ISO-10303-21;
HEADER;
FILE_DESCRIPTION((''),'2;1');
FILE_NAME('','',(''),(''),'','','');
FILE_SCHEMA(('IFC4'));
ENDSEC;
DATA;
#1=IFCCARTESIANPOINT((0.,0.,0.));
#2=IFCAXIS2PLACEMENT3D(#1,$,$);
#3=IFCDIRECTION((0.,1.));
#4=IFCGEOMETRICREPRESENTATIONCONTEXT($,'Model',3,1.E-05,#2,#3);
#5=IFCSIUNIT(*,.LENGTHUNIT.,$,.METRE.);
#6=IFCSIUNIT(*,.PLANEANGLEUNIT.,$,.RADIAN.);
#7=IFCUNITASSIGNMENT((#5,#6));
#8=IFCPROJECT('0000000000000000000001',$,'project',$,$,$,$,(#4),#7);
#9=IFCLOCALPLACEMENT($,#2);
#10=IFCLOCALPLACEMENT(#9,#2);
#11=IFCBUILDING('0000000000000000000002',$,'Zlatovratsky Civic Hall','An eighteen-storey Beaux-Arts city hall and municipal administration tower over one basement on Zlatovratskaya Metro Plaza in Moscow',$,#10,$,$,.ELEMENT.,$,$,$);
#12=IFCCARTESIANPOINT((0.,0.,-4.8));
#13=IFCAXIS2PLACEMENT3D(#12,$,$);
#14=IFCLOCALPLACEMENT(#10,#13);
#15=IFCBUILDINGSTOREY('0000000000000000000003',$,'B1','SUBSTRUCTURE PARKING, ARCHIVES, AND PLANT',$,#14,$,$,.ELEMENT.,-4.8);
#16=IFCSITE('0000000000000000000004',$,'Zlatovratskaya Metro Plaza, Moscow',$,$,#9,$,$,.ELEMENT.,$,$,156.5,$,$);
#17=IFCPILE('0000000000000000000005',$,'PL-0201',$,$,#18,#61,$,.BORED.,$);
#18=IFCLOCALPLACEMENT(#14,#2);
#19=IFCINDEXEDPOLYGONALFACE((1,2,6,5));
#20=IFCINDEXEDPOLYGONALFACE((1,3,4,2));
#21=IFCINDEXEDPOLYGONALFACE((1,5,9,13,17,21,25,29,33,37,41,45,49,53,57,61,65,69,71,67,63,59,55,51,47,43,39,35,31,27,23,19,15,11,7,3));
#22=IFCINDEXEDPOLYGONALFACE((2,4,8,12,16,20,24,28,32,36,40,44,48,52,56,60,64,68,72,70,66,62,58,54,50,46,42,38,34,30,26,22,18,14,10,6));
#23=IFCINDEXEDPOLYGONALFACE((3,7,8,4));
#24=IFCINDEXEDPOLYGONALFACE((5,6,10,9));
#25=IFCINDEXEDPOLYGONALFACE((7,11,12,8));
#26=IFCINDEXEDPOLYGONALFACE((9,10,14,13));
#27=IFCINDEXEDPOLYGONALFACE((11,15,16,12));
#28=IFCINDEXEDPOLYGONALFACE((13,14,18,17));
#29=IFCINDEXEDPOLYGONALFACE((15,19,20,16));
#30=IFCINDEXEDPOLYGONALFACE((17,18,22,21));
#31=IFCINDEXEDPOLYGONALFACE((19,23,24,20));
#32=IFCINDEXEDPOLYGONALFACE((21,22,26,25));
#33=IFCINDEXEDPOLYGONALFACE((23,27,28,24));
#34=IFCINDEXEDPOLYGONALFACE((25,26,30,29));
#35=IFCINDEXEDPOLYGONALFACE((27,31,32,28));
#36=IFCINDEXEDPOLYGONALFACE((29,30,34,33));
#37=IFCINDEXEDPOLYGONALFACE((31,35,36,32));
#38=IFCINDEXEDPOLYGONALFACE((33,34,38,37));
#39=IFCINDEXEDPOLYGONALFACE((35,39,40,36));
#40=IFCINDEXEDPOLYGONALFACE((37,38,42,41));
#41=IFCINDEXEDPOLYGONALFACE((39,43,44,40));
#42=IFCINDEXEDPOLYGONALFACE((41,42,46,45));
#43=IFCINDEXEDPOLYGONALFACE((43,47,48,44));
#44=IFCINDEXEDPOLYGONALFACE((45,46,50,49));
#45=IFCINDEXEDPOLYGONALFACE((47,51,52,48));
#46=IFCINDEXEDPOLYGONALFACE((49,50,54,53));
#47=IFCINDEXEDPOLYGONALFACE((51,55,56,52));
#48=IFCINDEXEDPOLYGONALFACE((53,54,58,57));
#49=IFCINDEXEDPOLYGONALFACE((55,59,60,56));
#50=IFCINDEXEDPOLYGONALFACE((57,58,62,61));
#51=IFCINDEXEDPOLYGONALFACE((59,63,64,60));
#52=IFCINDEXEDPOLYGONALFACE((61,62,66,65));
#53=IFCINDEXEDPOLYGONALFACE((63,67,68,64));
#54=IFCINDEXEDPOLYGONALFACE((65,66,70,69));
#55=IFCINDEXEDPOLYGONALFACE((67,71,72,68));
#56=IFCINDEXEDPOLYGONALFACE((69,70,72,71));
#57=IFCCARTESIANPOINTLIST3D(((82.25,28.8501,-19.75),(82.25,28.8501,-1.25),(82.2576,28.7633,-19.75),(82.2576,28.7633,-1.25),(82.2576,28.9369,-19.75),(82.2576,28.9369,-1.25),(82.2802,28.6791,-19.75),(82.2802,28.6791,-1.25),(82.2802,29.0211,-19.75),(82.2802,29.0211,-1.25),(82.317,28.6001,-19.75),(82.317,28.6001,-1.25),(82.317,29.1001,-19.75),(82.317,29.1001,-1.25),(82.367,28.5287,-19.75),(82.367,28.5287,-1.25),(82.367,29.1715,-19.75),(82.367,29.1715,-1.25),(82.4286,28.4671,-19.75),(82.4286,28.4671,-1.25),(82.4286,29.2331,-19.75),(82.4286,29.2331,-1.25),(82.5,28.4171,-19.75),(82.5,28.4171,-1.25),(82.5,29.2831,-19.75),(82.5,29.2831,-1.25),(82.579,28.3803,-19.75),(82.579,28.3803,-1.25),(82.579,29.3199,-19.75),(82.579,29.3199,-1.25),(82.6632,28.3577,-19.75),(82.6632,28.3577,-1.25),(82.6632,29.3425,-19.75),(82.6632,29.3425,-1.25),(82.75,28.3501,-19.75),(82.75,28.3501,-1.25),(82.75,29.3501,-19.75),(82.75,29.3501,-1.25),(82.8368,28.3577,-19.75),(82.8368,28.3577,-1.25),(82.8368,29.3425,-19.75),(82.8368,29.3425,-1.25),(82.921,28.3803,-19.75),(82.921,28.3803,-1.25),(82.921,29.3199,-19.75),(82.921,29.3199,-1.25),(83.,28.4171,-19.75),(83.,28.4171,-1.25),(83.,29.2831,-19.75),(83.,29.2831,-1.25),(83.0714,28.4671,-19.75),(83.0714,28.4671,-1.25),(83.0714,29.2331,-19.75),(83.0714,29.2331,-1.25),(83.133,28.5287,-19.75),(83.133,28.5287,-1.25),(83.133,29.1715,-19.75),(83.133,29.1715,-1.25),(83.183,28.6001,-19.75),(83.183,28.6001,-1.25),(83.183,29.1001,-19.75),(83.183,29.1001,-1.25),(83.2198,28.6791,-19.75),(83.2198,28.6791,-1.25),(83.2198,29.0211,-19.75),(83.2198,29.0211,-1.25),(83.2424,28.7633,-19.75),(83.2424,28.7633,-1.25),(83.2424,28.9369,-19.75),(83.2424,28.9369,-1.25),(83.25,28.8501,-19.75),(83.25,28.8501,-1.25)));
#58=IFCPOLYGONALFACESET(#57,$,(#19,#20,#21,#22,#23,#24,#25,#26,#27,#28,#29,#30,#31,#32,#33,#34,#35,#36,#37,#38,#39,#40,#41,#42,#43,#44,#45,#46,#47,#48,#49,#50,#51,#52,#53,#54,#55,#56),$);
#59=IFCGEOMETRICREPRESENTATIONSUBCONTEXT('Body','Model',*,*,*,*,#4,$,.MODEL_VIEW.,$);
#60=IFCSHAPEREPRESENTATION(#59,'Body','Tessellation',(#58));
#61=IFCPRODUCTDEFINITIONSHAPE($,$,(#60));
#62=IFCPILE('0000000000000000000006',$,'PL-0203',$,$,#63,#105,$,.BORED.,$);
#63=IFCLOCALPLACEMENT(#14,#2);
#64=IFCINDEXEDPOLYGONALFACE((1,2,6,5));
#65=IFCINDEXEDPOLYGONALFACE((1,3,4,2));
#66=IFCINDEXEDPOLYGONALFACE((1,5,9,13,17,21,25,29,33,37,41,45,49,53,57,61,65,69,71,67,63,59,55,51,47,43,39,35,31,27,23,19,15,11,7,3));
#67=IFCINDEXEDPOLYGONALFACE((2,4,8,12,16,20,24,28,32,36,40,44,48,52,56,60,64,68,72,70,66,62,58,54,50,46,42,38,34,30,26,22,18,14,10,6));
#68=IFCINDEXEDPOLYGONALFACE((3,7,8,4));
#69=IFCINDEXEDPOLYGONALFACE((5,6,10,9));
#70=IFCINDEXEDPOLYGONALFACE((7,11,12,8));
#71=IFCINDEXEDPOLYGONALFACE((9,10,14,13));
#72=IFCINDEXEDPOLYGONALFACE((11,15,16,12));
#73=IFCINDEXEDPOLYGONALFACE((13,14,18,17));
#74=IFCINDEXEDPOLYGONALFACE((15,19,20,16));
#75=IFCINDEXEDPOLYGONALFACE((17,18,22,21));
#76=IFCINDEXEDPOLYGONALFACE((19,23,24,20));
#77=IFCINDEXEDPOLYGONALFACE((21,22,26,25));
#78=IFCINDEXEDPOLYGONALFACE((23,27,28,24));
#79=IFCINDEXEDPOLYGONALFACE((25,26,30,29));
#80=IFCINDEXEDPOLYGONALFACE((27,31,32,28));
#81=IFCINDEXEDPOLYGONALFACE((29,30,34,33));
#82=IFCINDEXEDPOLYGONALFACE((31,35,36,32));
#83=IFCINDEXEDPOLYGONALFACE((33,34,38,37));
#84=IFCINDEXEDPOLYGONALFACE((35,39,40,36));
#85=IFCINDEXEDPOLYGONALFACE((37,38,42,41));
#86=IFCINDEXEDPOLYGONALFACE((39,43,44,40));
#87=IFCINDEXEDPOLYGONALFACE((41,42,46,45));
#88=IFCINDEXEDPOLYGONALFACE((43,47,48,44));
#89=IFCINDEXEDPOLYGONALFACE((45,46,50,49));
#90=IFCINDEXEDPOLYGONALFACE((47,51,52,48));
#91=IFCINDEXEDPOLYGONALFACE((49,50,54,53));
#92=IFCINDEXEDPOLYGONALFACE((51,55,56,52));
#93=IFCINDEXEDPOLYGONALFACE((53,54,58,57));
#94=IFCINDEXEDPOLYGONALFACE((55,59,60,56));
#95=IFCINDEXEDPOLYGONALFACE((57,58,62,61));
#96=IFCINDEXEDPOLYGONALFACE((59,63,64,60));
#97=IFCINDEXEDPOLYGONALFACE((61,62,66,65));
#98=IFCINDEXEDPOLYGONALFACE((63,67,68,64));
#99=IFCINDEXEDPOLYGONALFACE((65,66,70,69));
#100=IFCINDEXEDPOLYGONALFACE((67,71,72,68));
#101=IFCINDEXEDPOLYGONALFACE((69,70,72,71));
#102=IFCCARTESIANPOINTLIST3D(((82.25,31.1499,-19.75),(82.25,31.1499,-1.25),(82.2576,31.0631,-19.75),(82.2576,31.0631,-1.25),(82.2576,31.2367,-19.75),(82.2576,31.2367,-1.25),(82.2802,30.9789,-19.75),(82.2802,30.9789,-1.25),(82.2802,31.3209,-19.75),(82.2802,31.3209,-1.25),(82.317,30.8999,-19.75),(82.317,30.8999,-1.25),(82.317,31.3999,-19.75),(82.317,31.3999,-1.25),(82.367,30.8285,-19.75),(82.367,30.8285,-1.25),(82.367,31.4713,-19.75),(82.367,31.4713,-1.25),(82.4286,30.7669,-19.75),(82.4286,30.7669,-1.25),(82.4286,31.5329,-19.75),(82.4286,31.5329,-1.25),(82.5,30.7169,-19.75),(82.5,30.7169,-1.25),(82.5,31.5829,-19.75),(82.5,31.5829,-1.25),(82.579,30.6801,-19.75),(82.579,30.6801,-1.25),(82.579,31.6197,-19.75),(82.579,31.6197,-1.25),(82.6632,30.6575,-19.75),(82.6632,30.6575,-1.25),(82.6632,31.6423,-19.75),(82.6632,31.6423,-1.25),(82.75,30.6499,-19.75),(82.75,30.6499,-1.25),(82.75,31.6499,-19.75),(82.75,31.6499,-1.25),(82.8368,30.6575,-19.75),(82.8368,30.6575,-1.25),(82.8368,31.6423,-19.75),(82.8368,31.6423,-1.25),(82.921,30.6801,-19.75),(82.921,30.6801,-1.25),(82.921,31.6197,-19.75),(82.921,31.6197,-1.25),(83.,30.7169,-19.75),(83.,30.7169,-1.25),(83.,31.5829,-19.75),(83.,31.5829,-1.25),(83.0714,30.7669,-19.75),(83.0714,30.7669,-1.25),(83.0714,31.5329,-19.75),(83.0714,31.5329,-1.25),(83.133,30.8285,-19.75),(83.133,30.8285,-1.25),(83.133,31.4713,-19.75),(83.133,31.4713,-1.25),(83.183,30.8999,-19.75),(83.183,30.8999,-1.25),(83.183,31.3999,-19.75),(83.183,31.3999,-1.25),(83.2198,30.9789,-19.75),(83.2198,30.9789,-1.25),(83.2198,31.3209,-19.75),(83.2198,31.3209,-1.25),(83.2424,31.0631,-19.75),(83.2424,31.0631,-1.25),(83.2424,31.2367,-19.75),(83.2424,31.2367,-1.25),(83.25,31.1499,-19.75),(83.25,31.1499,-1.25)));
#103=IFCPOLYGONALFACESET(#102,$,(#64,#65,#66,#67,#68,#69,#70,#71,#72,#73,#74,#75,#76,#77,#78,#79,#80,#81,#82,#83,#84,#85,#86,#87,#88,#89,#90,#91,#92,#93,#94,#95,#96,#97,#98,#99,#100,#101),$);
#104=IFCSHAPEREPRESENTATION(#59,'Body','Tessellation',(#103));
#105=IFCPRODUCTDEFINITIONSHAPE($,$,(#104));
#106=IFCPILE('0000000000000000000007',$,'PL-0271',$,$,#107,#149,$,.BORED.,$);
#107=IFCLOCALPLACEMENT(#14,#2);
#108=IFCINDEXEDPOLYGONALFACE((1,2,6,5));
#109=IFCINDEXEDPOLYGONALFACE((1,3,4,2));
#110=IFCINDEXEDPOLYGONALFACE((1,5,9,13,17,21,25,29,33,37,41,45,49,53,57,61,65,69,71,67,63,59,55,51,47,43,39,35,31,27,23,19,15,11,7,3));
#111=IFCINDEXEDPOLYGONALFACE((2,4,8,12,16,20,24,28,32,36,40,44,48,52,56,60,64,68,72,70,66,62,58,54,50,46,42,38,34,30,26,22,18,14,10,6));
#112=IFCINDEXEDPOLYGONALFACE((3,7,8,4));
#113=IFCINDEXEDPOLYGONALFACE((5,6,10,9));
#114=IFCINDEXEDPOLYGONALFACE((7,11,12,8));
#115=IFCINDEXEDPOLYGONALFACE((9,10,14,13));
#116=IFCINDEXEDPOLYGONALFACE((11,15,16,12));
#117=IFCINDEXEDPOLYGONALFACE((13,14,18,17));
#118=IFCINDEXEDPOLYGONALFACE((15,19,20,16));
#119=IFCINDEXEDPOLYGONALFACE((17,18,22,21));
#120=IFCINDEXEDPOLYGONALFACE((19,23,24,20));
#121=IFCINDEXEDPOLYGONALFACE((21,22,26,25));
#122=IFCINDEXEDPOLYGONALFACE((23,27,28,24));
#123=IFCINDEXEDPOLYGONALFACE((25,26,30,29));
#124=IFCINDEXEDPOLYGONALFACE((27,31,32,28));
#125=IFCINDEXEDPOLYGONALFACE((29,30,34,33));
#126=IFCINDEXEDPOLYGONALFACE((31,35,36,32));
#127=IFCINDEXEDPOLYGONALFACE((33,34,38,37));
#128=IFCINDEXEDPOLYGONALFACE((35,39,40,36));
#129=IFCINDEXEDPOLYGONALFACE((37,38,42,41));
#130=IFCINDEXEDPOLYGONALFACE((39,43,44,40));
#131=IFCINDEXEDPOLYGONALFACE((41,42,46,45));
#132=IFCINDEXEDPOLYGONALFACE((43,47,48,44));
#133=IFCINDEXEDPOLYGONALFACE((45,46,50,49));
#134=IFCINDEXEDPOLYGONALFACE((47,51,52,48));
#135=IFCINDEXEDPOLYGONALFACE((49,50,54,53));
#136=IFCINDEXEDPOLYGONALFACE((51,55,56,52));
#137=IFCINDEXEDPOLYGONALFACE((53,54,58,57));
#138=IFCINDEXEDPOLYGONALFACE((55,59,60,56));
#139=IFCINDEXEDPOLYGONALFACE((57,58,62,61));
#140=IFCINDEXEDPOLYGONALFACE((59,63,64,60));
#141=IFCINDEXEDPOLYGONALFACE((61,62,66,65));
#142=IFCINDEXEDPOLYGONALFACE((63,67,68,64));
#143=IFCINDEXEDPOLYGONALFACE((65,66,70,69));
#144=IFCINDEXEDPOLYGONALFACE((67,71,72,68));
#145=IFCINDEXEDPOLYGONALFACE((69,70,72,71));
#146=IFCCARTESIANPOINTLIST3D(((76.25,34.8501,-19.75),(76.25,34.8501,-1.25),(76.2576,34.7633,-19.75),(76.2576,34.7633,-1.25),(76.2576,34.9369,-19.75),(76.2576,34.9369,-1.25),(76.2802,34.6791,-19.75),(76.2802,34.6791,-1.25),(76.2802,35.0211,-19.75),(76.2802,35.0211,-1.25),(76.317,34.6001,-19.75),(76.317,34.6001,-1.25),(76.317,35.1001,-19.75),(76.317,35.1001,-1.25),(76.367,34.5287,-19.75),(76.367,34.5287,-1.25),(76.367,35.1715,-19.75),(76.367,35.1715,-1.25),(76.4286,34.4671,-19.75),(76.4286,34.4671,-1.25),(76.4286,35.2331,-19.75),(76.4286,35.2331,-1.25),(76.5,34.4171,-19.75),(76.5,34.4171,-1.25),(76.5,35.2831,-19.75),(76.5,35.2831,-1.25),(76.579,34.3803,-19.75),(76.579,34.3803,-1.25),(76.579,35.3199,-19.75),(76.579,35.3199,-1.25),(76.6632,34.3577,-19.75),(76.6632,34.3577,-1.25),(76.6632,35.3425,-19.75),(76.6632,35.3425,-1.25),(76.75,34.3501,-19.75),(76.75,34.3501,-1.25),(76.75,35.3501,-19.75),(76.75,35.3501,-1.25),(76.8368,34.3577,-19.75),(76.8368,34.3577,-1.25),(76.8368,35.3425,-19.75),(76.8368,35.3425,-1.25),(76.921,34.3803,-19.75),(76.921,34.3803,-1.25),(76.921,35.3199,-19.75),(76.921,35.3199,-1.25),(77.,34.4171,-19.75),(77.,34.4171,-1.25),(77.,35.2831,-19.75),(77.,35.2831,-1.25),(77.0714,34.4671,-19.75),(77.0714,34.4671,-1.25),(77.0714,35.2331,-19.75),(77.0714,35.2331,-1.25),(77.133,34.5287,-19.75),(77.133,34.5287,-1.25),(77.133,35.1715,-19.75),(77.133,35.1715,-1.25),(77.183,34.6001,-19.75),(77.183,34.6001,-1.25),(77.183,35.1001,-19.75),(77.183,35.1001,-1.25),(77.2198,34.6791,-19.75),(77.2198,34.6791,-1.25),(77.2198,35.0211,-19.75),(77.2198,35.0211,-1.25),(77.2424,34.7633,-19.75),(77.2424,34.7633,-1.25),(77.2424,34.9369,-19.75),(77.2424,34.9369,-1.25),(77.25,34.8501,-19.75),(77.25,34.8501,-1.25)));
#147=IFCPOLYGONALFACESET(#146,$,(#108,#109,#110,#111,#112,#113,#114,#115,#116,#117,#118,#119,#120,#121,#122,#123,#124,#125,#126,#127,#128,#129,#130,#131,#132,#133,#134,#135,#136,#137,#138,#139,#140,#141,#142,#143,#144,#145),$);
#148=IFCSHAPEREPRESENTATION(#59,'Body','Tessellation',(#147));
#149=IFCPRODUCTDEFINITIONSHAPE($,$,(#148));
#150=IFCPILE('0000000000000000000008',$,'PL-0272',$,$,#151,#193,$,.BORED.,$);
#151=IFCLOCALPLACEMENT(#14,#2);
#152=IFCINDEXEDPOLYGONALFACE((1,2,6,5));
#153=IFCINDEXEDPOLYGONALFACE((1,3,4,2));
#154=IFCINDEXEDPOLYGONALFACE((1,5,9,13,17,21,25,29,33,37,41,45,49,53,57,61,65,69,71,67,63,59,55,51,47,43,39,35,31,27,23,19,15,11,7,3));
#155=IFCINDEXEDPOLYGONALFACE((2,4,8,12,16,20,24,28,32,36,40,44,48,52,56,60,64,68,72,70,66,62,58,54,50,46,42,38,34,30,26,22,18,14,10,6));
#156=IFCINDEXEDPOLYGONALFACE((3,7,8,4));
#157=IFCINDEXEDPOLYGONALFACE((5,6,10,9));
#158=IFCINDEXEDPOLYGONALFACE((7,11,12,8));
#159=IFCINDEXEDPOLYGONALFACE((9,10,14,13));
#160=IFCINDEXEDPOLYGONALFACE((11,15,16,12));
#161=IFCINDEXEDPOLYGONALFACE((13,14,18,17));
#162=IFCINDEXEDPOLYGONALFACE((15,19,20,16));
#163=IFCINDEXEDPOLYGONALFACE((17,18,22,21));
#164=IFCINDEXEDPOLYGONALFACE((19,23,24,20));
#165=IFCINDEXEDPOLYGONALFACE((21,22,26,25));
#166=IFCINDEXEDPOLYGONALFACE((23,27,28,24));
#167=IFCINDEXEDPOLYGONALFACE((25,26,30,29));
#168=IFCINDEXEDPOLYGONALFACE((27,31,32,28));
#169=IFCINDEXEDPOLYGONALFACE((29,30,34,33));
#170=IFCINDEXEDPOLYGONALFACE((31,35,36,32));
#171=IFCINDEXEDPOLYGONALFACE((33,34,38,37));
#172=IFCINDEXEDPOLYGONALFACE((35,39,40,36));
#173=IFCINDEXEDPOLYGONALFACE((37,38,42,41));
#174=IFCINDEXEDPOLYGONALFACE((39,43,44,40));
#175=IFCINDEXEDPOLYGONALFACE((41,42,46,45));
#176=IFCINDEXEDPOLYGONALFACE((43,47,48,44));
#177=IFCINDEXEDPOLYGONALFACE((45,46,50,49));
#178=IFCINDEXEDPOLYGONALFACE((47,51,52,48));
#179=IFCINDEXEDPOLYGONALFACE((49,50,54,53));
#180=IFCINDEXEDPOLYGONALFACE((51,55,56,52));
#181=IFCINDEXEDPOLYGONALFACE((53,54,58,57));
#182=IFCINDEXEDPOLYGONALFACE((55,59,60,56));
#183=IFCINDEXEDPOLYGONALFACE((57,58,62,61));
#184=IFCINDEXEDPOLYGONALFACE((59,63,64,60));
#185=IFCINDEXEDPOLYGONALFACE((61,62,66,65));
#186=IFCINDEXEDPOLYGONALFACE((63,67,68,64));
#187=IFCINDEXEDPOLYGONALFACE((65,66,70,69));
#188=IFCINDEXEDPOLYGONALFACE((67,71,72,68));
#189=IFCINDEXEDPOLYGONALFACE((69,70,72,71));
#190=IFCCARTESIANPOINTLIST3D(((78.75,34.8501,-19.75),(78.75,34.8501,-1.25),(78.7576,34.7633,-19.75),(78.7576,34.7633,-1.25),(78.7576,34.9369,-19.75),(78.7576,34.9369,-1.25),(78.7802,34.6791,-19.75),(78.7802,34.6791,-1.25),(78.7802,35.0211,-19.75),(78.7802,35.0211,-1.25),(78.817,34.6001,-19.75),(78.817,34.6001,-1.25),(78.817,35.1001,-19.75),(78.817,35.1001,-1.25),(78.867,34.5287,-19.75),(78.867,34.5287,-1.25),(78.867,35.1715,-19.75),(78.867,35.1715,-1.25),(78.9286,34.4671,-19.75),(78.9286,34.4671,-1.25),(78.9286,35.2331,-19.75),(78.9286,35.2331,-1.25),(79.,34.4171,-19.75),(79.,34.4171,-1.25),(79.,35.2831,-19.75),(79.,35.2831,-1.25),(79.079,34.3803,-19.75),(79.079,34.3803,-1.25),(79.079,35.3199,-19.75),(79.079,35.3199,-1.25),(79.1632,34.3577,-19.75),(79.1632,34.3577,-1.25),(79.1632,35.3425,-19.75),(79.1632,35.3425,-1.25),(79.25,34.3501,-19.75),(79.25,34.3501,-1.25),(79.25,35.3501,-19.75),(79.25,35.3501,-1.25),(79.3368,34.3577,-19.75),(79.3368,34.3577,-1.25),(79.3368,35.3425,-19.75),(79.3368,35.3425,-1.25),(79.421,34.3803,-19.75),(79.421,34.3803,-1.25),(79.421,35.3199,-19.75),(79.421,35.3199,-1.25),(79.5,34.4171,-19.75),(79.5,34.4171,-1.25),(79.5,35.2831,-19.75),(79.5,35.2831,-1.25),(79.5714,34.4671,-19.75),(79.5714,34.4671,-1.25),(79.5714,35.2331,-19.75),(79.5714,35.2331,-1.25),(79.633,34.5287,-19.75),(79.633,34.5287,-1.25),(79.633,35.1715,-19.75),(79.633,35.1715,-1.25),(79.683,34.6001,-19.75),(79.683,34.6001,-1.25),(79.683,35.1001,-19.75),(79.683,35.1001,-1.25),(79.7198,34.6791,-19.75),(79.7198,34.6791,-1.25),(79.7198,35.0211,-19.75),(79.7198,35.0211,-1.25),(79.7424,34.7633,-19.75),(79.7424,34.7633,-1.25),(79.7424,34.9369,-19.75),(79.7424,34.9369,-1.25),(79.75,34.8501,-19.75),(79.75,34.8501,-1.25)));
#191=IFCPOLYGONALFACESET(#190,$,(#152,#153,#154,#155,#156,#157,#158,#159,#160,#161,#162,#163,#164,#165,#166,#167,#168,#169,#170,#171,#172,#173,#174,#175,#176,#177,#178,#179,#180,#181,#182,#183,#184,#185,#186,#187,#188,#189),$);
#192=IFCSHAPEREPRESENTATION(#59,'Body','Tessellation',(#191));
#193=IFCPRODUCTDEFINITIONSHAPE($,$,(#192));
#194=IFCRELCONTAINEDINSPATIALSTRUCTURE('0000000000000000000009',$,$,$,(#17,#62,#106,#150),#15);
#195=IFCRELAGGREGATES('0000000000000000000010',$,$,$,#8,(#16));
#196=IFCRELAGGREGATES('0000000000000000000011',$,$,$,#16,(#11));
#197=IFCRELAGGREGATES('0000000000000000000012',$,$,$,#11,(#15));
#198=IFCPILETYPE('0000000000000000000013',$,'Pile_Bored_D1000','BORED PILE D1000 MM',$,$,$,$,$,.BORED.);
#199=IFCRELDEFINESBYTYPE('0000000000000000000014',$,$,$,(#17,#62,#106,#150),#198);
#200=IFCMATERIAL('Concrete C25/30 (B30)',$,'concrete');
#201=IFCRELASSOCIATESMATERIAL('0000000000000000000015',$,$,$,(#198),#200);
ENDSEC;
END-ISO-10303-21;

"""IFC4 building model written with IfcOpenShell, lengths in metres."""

from ifc_helpers import new_model, si_unit, direction, frame, origin, origin_2d, place, context, subcontext, project, spatial, circle, extrude, material, material_profile, profile_set, type_object, element, save


model = new_model("IFC4")

# Units and contexts
model_context = context("Model", 3, precision=1e-05, world=origin(), true_north=direction((0.0, 1.0)))
body_context = subcontext(model_context, "Body", "Model", "MODEL_VIEW")
ifc_project = project(units=[si_unit("LENGTHUNIT", "METRE"), si_unit("PLANEANGLEUNIT", "RADIAN")], contexts=[model_context])

# Site, building, storey
site_placement = place(None, origin())
site = spatial("IfcSite", under=ifc_project, at=site_placement, Name="Zlatovratskaya Metro Plaza, Moscow", CompositionType="ELEMENT", RefElevation=156.5)
building_placement = place(site_placement, origin())
building = spatial("IfcBuilding", under=site, at=building_placement, Name="Zlatovratsky Civic Hall", Description="An eighteen-storey Beaux-Arts city hall and municipal administration tower over one basement on Zlatovratskaya Metro Plaza in Moscow", CompositionType="ELEMENT")
storey_placement = place(building_placement, frame((0.0, 0.0, -4.8)))
storey = spatial("IfcBuildingStorey", under=building, at=storey_placement, Name="B1", Description="SUBSTRUCTURE PARKING, ARCHIVES, AND PLANT", CompositionType="ELEMENT", Elevation=-4.8)

# Shared definitions
ifc_material_1 = material(Name="Concrete C25/30 (B30)", Category="concrete")

# Piles
ifc_material_profile_1 = material_profile(ifc_material_1, circle(Radius=0.5, at=origin_2d()), Name="PILE D1000")
ifc_profile_set_1 = profile_set([ifc_material_profile_1], Name="Concrete C25/30 (B30)")
pile_type_1 = type_object("IfcPileType", Name="Pile_Bored_D1000", Description="BORED PILE D1000 MM", PredefinedType="BORED", material=ifc_profile_set_1)
for number, where, z_axis, x_axis, name in (
    (1, (82.75, 28.8501, -1.25), (0.0, 0.0, -1.0), (1.0, 0.0, 0.0), "PL-0201"),
    (2, (82.75, 31.1499, -1.25), (0.0, 0.0, -1.0), (1.0, 0.0, 0.0), "PL-0203"),
    (3, (76.75, 34.8501, -1.25), (0.0, 0.0, -1.0), (1.0, 0.0, 0.0), "PL-0271"),
    (4, (79.25, 34.8501, -1.25), (0.0, 0.0, -1.0), (1.0, 0.0, 0.0), "PL-0272"),
):
    element("IfcPile", number, at=place(storey_placement, frame(where, z_axis=z_axis, x_axis=x_axis)), inside=storey, type_object=pile_type_1, Name=name, PredefinedType="BORED", context=body_context, shape_type="SweptSolid", body=[
        extrude(circle(Radius=0.5, at=origin_2d()), origin(), (0.0, 0.0, 1.0), 18.5),
    ])

save(model, "model.ifc")
